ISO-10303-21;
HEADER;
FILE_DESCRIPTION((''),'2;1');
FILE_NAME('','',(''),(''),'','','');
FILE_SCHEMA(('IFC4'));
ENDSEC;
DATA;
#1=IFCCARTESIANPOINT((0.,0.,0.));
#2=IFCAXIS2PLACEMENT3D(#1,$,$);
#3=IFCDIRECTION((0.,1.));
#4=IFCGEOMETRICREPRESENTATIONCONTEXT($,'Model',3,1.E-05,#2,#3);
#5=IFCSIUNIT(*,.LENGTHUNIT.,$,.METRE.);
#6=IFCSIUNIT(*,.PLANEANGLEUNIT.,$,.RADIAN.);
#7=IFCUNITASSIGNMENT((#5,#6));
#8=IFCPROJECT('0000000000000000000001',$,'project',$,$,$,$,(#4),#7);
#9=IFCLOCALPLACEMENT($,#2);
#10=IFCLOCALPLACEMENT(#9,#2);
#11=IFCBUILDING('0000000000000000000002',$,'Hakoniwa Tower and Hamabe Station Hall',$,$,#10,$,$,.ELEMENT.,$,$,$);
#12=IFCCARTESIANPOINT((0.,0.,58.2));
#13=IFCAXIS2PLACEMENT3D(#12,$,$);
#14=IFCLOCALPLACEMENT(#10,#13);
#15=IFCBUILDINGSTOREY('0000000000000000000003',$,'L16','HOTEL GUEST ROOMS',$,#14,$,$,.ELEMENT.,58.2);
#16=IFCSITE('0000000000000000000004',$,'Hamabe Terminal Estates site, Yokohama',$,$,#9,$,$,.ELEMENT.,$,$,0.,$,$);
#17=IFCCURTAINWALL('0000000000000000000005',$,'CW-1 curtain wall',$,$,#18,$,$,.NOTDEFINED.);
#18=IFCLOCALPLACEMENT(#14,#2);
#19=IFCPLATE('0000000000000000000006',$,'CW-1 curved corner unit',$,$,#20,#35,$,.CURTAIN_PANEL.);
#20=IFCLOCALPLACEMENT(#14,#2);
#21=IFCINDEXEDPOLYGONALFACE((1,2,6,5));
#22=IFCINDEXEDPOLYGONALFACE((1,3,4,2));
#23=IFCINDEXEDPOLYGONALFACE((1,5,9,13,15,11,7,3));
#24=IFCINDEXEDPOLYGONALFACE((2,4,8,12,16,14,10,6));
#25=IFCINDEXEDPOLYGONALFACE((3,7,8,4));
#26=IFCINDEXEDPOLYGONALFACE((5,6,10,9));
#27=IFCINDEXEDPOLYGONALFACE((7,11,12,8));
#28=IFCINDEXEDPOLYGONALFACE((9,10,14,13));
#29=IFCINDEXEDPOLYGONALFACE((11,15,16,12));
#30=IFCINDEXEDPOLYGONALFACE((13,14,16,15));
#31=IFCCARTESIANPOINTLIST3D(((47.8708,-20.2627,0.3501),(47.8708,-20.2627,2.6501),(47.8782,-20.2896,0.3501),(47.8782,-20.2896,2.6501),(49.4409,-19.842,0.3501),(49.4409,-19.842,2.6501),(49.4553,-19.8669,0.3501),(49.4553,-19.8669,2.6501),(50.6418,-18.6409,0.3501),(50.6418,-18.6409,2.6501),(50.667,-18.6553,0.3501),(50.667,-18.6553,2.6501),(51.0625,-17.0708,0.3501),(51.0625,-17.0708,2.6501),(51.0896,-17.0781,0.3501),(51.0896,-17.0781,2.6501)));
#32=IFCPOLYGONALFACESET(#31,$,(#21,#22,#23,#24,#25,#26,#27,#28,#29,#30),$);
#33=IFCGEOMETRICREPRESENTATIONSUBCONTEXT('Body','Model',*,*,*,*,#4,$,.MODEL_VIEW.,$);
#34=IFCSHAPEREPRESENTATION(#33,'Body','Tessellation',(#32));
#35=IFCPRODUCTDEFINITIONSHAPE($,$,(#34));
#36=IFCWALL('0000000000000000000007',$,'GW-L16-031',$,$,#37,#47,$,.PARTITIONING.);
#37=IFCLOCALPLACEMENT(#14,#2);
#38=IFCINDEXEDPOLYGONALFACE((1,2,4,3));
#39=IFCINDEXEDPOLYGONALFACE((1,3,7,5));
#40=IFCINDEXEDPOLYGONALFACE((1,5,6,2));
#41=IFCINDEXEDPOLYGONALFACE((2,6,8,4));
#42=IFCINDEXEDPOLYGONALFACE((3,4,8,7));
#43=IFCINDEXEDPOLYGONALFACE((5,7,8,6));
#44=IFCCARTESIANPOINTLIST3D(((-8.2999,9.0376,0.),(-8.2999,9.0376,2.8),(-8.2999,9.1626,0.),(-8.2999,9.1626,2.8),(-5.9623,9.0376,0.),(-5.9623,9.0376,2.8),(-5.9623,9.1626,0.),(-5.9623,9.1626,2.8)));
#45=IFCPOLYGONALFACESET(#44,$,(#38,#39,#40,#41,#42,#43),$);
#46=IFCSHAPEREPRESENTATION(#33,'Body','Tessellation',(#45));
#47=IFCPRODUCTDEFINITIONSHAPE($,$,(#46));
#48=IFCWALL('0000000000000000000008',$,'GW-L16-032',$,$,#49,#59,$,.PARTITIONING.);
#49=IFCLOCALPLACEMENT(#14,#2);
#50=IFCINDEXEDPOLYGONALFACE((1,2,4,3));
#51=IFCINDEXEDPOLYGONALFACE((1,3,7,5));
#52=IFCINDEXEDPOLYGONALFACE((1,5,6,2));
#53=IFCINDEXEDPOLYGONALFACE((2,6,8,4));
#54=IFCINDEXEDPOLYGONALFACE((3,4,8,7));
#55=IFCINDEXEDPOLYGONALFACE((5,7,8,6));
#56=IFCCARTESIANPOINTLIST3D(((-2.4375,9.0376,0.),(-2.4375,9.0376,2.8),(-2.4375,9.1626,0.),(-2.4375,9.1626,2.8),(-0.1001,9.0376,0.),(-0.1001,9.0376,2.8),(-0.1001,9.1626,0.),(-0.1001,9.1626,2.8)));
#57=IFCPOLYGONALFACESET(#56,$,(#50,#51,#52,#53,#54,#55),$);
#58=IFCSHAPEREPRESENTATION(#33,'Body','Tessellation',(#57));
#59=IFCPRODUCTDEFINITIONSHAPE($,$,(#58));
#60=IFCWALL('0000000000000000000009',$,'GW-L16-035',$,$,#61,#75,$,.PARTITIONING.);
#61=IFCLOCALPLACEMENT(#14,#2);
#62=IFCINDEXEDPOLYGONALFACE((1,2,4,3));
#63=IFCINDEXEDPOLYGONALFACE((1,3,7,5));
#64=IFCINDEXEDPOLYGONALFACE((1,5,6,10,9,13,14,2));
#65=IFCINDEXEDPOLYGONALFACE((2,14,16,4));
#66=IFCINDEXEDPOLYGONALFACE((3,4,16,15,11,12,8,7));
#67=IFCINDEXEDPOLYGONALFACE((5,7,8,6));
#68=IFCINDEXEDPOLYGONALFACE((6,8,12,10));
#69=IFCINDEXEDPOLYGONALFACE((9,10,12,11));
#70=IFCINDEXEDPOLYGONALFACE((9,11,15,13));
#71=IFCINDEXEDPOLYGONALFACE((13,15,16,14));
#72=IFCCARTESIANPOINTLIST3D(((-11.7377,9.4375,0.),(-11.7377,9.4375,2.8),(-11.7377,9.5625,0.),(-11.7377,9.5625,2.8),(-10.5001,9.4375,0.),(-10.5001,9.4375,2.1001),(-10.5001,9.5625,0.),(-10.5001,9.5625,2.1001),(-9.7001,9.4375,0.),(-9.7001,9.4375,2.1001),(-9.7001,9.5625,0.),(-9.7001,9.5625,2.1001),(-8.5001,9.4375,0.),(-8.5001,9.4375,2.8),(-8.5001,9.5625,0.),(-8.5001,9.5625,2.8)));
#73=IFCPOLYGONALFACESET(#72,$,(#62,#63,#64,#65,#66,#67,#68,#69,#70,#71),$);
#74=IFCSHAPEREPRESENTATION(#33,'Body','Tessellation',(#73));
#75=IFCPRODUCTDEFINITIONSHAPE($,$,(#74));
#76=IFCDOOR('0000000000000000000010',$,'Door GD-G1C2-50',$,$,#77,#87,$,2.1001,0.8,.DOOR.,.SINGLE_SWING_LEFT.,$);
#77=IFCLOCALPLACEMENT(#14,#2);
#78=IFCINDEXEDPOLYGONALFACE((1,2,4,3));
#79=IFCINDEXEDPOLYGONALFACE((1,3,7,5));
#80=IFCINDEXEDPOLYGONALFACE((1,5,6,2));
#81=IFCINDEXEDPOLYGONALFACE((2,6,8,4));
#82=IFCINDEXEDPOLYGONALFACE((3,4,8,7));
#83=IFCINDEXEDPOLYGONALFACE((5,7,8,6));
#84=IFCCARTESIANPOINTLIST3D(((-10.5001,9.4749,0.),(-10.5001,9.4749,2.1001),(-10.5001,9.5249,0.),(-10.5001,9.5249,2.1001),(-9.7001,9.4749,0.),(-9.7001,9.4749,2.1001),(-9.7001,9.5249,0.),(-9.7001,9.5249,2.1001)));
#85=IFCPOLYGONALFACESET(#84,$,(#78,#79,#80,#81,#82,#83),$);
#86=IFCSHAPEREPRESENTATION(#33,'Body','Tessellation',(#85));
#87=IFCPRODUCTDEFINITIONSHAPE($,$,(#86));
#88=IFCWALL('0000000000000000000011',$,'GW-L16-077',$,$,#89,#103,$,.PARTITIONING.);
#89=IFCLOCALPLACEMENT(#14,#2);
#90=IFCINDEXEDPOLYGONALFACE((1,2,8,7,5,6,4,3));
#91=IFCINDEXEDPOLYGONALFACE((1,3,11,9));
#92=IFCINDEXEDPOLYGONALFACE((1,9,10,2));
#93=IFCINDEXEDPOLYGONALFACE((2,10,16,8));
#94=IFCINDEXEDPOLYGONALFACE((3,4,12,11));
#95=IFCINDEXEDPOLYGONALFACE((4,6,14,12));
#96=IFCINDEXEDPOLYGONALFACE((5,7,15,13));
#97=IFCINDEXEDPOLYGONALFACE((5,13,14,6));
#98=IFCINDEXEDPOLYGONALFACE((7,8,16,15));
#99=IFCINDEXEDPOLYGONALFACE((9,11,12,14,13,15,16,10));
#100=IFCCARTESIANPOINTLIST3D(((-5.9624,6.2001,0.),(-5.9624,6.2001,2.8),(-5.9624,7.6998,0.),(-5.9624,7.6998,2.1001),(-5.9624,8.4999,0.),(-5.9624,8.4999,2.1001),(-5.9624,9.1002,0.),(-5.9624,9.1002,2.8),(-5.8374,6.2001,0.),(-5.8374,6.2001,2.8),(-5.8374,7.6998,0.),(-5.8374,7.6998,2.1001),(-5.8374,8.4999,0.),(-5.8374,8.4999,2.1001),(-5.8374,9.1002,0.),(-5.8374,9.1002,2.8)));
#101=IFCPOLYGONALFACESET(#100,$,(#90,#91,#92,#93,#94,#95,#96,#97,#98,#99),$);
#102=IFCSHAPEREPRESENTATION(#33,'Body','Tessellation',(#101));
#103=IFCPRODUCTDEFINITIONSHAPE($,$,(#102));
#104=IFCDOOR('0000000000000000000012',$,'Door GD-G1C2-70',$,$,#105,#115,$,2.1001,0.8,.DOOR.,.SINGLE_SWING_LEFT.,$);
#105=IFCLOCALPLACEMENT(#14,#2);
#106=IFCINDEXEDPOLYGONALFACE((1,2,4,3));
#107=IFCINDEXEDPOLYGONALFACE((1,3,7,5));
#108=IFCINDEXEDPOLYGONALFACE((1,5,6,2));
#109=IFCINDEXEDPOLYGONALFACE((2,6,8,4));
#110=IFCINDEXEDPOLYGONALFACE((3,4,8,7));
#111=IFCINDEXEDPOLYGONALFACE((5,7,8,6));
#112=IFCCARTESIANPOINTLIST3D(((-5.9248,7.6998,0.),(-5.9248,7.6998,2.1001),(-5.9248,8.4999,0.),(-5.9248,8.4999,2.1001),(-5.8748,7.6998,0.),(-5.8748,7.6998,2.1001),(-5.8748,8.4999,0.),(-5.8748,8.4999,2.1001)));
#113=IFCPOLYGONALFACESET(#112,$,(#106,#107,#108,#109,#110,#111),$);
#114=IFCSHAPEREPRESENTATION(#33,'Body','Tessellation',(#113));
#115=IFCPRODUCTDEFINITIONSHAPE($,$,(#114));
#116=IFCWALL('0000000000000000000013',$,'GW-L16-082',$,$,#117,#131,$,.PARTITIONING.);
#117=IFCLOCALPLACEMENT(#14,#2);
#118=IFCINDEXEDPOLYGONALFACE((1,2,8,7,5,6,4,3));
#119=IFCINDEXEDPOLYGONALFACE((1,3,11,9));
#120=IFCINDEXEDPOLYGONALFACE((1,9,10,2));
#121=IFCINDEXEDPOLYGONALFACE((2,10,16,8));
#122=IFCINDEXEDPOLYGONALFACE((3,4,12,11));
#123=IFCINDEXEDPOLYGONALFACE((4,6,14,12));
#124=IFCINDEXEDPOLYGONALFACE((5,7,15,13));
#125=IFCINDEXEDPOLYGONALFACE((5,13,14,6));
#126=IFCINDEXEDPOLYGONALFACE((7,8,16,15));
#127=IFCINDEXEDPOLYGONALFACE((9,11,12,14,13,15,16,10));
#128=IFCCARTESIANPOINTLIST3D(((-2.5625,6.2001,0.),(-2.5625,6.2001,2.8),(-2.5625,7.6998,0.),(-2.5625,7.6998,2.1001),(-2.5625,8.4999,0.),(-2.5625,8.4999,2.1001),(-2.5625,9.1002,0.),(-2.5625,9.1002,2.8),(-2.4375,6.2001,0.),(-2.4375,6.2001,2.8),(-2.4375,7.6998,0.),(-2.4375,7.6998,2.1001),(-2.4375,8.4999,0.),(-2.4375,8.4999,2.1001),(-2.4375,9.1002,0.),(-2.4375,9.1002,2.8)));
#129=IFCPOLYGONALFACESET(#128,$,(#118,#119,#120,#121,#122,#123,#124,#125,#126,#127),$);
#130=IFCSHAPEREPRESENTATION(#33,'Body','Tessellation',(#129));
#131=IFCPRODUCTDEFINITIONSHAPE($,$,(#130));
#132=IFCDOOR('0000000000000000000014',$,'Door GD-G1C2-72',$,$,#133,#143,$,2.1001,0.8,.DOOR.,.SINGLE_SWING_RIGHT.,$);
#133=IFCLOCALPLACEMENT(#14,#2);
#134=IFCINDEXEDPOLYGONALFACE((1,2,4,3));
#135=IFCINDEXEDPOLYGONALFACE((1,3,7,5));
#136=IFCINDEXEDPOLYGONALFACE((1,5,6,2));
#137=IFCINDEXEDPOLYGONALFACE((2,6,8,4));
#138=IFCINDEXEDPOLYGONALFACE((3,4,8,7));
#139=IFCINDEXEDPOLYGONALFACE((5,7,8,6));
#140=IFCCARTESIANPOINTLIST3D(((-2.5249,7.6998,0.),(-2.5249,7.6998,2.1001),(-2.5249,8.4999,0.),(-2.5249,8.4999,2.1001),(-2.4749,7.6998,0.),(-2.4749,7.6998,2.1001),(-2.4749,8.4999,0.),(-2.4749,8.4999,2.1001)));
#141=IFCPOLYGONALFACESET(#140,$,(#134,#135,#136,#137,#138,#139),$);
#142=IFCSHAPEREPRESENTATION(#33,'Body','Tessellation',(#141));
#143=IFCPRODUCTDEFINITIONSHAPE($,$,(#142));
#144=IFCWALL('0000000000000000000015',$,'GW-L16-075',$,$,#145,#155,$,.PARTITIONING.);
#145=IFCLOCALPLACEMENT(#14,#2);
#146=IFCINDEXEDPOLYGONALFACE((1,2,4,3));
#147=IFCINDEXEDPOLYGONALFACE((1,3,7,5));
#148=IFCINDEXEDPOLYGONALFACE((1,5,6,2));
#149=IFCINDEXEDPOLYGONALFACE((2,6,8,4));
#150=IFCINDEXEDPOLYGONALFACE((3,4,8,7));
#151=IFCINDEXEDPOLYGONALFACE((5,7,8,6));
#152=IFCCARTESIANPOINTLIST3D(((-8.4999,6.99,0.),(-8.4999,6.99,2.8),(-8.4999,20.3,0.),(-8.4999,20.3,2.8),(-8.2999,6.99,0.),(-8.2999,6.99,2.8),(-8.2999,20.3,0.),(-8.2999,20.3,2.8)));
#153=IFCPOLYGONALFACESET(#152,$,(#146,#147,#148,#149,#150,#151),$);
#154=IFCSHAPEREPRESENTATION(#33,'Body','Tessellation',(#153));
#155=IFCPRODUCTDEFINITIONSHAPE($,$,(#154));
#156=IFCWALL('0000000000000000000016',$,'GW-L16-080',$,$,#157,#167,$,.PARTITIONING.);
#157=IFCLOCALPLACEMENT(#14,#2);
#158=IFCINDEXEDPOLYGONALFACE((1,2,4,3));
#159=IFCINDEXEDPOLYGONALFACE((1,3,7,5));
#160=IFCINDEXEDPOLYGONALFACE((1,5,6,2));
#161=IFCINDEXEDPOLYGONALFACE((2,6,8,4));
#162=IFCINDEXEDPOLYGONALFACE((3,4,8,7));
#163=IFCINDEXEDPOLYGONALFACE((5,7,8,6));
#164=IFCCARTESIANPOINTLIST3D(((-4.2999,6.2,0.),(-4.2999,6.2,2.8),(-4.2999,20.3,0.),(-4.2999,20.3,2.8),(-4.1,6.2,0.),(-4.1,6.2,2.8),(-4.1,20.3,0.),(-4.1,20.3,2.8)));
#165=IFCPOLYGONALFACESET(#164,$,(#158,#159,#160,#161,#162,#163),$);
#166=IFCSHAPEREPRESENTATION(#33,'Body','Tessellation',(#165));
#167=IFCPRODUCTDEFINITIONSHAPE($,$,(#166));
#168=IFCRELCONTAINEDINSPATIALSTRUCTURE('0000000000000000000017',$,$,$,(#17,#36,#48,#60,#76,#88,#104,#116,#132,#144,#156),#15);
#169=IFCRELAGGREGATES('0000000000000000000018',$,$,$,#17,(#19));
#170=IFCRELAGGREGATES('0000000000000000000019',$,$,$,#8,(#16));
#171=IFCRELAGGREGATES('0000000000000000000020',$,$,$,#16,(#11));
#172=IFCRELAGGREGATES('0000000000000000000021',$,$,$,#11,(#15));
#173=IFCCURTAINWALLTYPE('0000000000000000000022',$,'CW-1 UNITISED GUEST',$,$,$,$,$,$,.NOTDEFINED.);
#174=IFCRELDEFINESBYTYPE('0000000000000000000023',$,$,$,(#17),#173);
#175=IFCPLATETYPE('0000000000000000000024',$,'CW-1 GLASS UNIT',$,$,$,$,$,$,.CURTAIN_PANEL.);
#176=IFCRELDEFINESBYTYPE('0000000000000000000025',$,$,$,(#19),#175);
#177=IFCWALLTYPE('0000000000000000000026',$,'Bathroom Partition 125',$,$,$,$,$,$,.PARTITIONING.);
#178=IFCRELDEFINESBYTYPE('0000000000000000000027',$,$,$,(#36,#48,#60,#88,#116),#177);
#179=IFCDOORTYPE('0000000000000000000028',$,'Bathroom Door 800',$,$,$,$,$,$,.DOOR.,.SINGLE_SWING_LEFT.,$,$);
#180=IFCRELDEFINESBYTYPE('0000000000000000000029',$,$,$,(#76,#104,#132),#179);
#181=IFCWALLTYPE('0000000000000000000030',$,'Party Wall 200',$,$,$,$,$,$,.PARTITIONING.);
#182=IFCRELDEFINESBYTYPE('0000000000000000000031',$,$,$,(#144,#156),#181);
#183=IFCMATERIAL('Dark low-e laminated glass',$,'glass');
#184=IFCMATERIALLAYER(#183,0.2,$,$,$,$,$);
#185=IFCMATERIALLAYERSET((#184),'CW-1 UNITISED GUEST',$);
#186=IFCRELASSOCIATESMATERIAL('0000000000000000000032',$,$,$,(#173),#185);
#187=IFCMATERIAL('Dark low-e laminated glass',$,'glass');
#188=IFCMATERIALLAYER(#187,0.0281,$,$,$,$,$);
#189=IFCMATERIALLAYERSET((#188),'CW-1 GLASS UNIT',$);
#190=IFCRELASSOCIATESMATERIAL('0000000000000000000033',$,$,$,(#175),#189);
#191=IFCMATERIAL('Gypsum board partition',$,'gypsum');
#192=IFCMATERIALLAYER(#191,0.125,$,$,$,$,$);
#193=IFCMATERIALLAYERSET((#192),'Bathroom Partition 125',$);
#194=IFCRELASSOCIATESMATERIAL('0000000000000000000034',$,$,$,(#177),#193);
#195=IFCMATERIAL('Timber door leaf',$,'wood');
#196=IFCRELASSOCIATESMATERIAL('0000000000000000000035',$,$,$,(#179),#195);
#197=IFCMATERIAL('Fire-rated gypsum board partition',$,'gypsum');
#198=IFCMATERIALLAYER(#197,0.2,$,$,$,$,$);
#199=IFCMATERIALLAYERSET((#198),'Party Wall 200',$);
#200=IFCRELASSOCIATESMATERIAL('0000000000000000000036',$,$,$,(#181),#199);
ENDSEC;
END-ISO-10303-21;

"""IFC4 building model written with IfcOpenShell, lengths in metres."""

from ifc_helpers import new_model, si_unit, direction, frame, frame_2d, origin, place, context, subcontext, project, spatial, polyline, rectangle, outline, extrude, material, layer, layer_set, type_object, element, fill, aggregate, save


model = new_model("IFC4")

# Units and contexts
model_context = context("Model", 3, precision=1e-05, world=origin(), true_north=direction((0.0, 1.0)))
body_context = subcontext(model_context, "Body", "Model", "MODEL_VIEW")
ifc_project = project(units=[si_unit("LENGTHUNIT", "METRE"), si_unit("PLANEANGLEUNIT", "RADIAN")], contexts=[model_context])

# Site, building, storey
site_placement = place(None, origin())
site = spatial("IfcSite", under=ifc_project, at=site_placement, Name="Hamabe Terminal Estates site, Yokohama", CompositionType="ELEMENT", RefElevation=0.0)
building_placement = place(site_placement, origin())
building = spatial("IfcBuilding", under=site, at=building_placement, Name="Hakoniwa Tower and Hamabe Station Hall", CompositionType="ELEMENT")
storey_placement = place(building_placement, frame((0.0, 0.0, 58.2)))
storey = spatial("IfcBuildingStorey", under=building, at=storey_placement, Name="L16", Description="HOTEL GUEST ROOMS", CompositionType="ELEMENT", Elevation=58.2)

# Curtain wall
ifc_material_1 = material(Name="Dark low-e laminated glass", Category="glass")
ifc_layer_1 = layer(ifc_material_1, 0.2)
ifc_layer_set_1 = layer_set([ifc_layer_1], Name="CW-1 UNITISED GUEST")
curtain_wall_type = type_object("IfcCurtainWallType", Name="CW-1 UNITISED GUEST", PredefinedType="NOTDEFINED", material=ifc_layer_set_1)
curtain_wall_1_placement = place(storey_placement, origin())
curtain_wall_1 = element("IfcCurtainWall", 1, at=curtain_wall_1_placement, inside=storey, type_object=curtain_wall_type, Name="CW-1 curtain wall", PredefinedType="NOTDEFINED")

# Shared definitions
ifc_material_2 = material(Name="Dark low-e laminated glass", Category="glass")
ifc_layer_2 = layer(ifc_material_2, 0.0281)
ifc_layer_set_2 = layer_set([ifc_layer_2], Name="CW-1 GLASS UNIT")
plate_type = type_object("IfcPlateType", Name="CW-1 GLASS UNIT", PredefinedType="CURTAIN_PANEL", material=ifc_layer_set_2)

# Plate
plate_1_placement = place(storey_placement, frame((0.0, 0.0, 0.3501)))
plate_1 = element("IfcPlate", 2, at=plate_1_placement, type_object=plate_type, Name="CW-1 curved corner unit", PredefinedType="CURTAIN_PANEL", context=body_context, shape_type="SweptSolid", body=[
    extrude(outline(polyline([(47.8782, -20.2896), (49.4553, -19.8669), (50.667, -18.6553), (51.0896, -17.0781), (51.0625, -17.0708), (50.6418, -18.6409), (49.4409, -19.842), (47.8708, -20.2627), (47.8782, -20.2896)])), origin(), (0.0, 0.0, 1.0), 2.3),
])
aggregate(curtain_wall_1, [plate_1])

# Walls
ifc_material_3 = material(Name="Gypsum board partition", Category="gypsum")
ifc_layer_3 = layer(ifc_material_3, 0.125)
ifc_layer_set_3 = layer_set([ifc_layer_3], Name="Bathroom Partition 125")
wall_type_1 = type_object("IfcWallType", Name="Bathroom Partition 125", PredefinedType="PARTITIONING", material=ifc_layer_set_3)
wall_1_placement = place(storey_placement, frame((-8.3, 9.1001, 0.0), z_axis=(0.0, 0.0, 1.0), x_axis=(1.0, 0.0, 0.0)))
element("IfcWall", 3, at=wall_1_placement, inside=storey, type_object=wall_type_1, Name="GW-L16-031", PredefinedType="PARTITIONING", context=body_context, shape_type="SweptSolid", body=[
    extrude(rectangle(XDim=2.3376, YDim=0.125, at=frame_2d((1.1689, 0.0))), origin(), (0.0, 0.0, 1.0), 2.8),
])
wall_2_placement = place(storey_placement, frame((-2.4375, 9.1001, 0.0), z_axis=(0.0, 0.0, 1.0), x_axis=(1.0, 0.0, 0.0)))
element("IfcWall", 4, at=wall_2_placement, inside=storey, type_object=wall_type_1, Name="GW-L16-032", PredefinedType="PARTITIONING", context=body_context, shape_type="SweptSolid", body=[
    extrude(rectangle(XDim=2.3374, YDim=0.125, at=frame_2d((1.1687, 0.0))), origin(), (0.0, 0.0, 1.0), 2.8),
])

# Walls, openings, doors
wall_3_placement = place(storey_placement, frame((-11.7375, 9.5, 0.0), z_axis=(0.0, 0.0, 1.0), x_axis=(1.0, 0.0, 0.0)))
wall_3 = element("IfcWall", 5, at=wall_3_placement, inside=storey, type_object=wall_type_1, Name="GW-L16-035", PredefinedType="PARTITIONING", context=body_context, shape_type="SweptSolid", body=[
    extrude(rectangle(XDim=3.2375, YDim=0.125, at=frame_2d((1.6187, 0.0))), origin(), (0.0, 0.0, 1.0), 2.8),
])
opening_1_placement = place(wall_3_placement, frame((1.2375, 0.0, 0.0)))
opening_1 = element("IfcOpeningElement", 6, at=opening_1_placement, cuts=wall_3, PredefinedType="OPENING", context=body_context, shape_type="SweptSolid", body=[
    extrude(rectangle(XDim=0.8, YDim=2.1001, at=frame_2d((0.3999, 1.05))), frame((0.0, 0.0725, 0.0), z_axis=(0.0, -1.0, 0.0), x_axis=(1.0, 0.0, 0.0)), (0.0, 0.0, 1.0), 0.145),
])
ifc_material_4 = material(Name="Timber door leaf", Category="wood")
door_type = type_object("IfcDoorType", Name="Bathroom Door 800", OperationType="SINGLE_SWING_LEFT", PredefinedType="DOOR", material=ifc_material_4)
door_1_placement = place(opening_1_placement, origin())
door_1 = element("IfcDoor", 7, at=door_1_placement, inside=storey, type_object=door_type, Name="Door GD-G1C2-50", OperationType="SINGLE_SWING_LEFT", OverallHeight=2.1001, OverallWidth=0.8, PredefinedType="DOOR", context=body_context, shape_type="SweptSolid", body=[
    extrude(rectangle(XDim=0.8, YDim=2.1001, at=frame_2d((0.3999, 1.05))), frame((0.0, 0.0249, 0.0), z_axis=(0.0, -1.0, 0.0), x_axis=(1.0, 0.0, 0.0)), (0.0, 0.0, 1.0), 0.05),
])
fill(opening_1, door_1)
wall_4_placement = place(storey_placement, frame((-5.8999, 6.2, 0.0), z_axis=(0.0, 0.0, 1.0), x_axis=(0.0, 1.0, 0.0)))
wall_4 = element("IfcWall", 8, at=wall_4_placement, inside=storey, type_object=wall_type_1, Name="GW-L16-077", PredefinedType="PARTITIONING", context=body_context, shape_type="SweptSolid", body=[
    extrude(rectangle(XDim=2.9001, YDim=0.125, at=frame_2d((1.4502, 0.0))), origin(), (0.0, 0.0, 1.0), 2.8),
])
opening_2_placement = place(wall_4_placement, frame((1.5, 0.0, 0.0)))
opening_2 = element("IfcOpeningElement", 9, at=opening_2_placement, cuts=wall_4, PredefinedType="OPENING", context=body_context, shape_type="SweptSolid", body=[
    extrude(rectangle(XDim=0.8, YDim=2.1001, at=frame_2d((0.3999, 1.05))), frame((0.0, 0.0725, 0.0), z_axis=(0.0, -1.0, 0.0), x_axis=(1.0, 0.0, 0.0)), (0.0, 0.0, 1.0), 0.145),
])
door_2_placement = place(opening_2_placement, origin())
door_2 = element("IfcDoor", 10, at=door_2_placement, inside=storey, type_object=door_type, Name="Door GD-G1C2-70", OperationType="SINGLE_SWING_LEFT", OverallHeight=2.1001, OverallWidth=0.8, PredefinedType="DOOR", context=body_context, shape_type="SweptSolid", body=[
    extrude(rectangle(XDim=0.8, YDim=2.1001, at=frame_2d((0.3999, 1.05))), frame((0.0, 0.0249, 0.0), z_axis=(0.0, -1.0, 0.0), x_axis=(1.0, 0.0, 0.0)), (0.0, 0.0, 1.0), 0.05),
])
fill(opening_2, door_2)
wall_5_placement = place(storey_placement, frame((-2.5, 6.2, 0.0), z_axis=(0.0, 0.0, 1.0), x_axis=(0.0, 1.0, 0.0)))
wall_5 = element("IfcWall", 11, at=wall_5_placement, inside=storey, type_object=wall_type_1, Name="GW-L16-082", PredefinedType="PARTITIONING", context=body_context, shape_type="SweptSolid", body=[
    extrude(rectangle(XDim=2.9001, YDim=0.125, at=frame_2d((1.4502, 0.0))), origin(), (0.0, 0.0, 1.0), 2.8),
])
opening_3_placement = place(wall_5_placement, frame((1.5, 0.0, 0.0)))
opening_3 = element("IfcOpeningElement", 12, at=opening_3_placement, cuts=wall_5, PredefinedType="OPENING", context=body_context, shape_type="SweptSolid", body=[
    extrude(rectangle(XDim=0.8, YDim=2.1001, at=frame_2d((0.3999, 1.05))), frame((0.0, 0.0725, 0.0), z_axis=(0.0, -1.0, 0.0), x_axis=(1.0, 0.0, 0.0)), (0.0, 0.0, 1.0), 0.145),
])
door_3_placement = place(opening_3_placement, origin())
door_3 = element("IfcDoor", 13, at=door_3_placement, inside=storey, type_object=door_type, Name="Door GD-G1C2-72", OperationType="SINGLE_SWING_RIGHT", OverallHeight=2.1001, OverallWidth=0.8, PredefinedType="DOOR", context=body_context, shape_type="SweptSolid", body=[
    extrude(rectangle(XDim=0.8, YDim=2.1001, at=frame_2d((0.3999, 1.05))), frame((0.0, 0.0249, 0.0), z_axis=(0.0, -1.0, 0.0), x_axis=(1.0, 0.0, 0.0)), (0.0, 0.0, 1.0), 0.05),
])
fill(opening_3, door_3)

# Walls
ifc_material_5 = material(Name="Fire-rated gypsum board partition", Category="gypsum")
ifc_layer_4 = layer(ifc_material_5, 0.2)
ifc_layer_set_4 = layer_set([ifc_layer_4], Name="Party Wall 200")
wall_type_2 = type_object("IfcWallType", Name="Party Wall 200", PredefinedType="PARTITIONING", material=ifc_layer_set_4)
wall_6_placement = place(storey_placement, frame((-8.3999, 6.99, 0.0), z_axis=(0.0, 0.0, 1.0), x_axis=(0.0, 1.0, 0.0)))
element("IfcWall", 14, at=wall_6_placement, inside=storey, type_object=wall_type_2, Name="GW-L16-075", PredefinedType="PARTITIONING", context=body_context, shape_type="SweptSolid", body=[
    extrude(rectangle(XDim=13.3101, YDim=0.2, at=frame_2d((6.655, 0.0))), origin(), (0.0, 0.0, 1.0), 2.8),
])
wall_7_placement = place(storey_placement, frame((-4.2, 6.2, 0.0), z_axis=(0.0, 0.0, 1.0), x_axis=(0.0, 1.0, 0.0)))
element("IfcWall", 15, at=wall_7_placement, inside=storey, type_object=wall_type_2, Name="GW-L16-080", PredefinedType="PARTITIONING", context=body_context, shape_type="SweptSolid", body=[
    extrude(rectangle(XDim=14.1001, YDim=0.2, at=frame_2d((7.05, 0.0))), origin(), (0.0, 0.0, 1.0), 2.8),
])

save(model, "model.ifc")
